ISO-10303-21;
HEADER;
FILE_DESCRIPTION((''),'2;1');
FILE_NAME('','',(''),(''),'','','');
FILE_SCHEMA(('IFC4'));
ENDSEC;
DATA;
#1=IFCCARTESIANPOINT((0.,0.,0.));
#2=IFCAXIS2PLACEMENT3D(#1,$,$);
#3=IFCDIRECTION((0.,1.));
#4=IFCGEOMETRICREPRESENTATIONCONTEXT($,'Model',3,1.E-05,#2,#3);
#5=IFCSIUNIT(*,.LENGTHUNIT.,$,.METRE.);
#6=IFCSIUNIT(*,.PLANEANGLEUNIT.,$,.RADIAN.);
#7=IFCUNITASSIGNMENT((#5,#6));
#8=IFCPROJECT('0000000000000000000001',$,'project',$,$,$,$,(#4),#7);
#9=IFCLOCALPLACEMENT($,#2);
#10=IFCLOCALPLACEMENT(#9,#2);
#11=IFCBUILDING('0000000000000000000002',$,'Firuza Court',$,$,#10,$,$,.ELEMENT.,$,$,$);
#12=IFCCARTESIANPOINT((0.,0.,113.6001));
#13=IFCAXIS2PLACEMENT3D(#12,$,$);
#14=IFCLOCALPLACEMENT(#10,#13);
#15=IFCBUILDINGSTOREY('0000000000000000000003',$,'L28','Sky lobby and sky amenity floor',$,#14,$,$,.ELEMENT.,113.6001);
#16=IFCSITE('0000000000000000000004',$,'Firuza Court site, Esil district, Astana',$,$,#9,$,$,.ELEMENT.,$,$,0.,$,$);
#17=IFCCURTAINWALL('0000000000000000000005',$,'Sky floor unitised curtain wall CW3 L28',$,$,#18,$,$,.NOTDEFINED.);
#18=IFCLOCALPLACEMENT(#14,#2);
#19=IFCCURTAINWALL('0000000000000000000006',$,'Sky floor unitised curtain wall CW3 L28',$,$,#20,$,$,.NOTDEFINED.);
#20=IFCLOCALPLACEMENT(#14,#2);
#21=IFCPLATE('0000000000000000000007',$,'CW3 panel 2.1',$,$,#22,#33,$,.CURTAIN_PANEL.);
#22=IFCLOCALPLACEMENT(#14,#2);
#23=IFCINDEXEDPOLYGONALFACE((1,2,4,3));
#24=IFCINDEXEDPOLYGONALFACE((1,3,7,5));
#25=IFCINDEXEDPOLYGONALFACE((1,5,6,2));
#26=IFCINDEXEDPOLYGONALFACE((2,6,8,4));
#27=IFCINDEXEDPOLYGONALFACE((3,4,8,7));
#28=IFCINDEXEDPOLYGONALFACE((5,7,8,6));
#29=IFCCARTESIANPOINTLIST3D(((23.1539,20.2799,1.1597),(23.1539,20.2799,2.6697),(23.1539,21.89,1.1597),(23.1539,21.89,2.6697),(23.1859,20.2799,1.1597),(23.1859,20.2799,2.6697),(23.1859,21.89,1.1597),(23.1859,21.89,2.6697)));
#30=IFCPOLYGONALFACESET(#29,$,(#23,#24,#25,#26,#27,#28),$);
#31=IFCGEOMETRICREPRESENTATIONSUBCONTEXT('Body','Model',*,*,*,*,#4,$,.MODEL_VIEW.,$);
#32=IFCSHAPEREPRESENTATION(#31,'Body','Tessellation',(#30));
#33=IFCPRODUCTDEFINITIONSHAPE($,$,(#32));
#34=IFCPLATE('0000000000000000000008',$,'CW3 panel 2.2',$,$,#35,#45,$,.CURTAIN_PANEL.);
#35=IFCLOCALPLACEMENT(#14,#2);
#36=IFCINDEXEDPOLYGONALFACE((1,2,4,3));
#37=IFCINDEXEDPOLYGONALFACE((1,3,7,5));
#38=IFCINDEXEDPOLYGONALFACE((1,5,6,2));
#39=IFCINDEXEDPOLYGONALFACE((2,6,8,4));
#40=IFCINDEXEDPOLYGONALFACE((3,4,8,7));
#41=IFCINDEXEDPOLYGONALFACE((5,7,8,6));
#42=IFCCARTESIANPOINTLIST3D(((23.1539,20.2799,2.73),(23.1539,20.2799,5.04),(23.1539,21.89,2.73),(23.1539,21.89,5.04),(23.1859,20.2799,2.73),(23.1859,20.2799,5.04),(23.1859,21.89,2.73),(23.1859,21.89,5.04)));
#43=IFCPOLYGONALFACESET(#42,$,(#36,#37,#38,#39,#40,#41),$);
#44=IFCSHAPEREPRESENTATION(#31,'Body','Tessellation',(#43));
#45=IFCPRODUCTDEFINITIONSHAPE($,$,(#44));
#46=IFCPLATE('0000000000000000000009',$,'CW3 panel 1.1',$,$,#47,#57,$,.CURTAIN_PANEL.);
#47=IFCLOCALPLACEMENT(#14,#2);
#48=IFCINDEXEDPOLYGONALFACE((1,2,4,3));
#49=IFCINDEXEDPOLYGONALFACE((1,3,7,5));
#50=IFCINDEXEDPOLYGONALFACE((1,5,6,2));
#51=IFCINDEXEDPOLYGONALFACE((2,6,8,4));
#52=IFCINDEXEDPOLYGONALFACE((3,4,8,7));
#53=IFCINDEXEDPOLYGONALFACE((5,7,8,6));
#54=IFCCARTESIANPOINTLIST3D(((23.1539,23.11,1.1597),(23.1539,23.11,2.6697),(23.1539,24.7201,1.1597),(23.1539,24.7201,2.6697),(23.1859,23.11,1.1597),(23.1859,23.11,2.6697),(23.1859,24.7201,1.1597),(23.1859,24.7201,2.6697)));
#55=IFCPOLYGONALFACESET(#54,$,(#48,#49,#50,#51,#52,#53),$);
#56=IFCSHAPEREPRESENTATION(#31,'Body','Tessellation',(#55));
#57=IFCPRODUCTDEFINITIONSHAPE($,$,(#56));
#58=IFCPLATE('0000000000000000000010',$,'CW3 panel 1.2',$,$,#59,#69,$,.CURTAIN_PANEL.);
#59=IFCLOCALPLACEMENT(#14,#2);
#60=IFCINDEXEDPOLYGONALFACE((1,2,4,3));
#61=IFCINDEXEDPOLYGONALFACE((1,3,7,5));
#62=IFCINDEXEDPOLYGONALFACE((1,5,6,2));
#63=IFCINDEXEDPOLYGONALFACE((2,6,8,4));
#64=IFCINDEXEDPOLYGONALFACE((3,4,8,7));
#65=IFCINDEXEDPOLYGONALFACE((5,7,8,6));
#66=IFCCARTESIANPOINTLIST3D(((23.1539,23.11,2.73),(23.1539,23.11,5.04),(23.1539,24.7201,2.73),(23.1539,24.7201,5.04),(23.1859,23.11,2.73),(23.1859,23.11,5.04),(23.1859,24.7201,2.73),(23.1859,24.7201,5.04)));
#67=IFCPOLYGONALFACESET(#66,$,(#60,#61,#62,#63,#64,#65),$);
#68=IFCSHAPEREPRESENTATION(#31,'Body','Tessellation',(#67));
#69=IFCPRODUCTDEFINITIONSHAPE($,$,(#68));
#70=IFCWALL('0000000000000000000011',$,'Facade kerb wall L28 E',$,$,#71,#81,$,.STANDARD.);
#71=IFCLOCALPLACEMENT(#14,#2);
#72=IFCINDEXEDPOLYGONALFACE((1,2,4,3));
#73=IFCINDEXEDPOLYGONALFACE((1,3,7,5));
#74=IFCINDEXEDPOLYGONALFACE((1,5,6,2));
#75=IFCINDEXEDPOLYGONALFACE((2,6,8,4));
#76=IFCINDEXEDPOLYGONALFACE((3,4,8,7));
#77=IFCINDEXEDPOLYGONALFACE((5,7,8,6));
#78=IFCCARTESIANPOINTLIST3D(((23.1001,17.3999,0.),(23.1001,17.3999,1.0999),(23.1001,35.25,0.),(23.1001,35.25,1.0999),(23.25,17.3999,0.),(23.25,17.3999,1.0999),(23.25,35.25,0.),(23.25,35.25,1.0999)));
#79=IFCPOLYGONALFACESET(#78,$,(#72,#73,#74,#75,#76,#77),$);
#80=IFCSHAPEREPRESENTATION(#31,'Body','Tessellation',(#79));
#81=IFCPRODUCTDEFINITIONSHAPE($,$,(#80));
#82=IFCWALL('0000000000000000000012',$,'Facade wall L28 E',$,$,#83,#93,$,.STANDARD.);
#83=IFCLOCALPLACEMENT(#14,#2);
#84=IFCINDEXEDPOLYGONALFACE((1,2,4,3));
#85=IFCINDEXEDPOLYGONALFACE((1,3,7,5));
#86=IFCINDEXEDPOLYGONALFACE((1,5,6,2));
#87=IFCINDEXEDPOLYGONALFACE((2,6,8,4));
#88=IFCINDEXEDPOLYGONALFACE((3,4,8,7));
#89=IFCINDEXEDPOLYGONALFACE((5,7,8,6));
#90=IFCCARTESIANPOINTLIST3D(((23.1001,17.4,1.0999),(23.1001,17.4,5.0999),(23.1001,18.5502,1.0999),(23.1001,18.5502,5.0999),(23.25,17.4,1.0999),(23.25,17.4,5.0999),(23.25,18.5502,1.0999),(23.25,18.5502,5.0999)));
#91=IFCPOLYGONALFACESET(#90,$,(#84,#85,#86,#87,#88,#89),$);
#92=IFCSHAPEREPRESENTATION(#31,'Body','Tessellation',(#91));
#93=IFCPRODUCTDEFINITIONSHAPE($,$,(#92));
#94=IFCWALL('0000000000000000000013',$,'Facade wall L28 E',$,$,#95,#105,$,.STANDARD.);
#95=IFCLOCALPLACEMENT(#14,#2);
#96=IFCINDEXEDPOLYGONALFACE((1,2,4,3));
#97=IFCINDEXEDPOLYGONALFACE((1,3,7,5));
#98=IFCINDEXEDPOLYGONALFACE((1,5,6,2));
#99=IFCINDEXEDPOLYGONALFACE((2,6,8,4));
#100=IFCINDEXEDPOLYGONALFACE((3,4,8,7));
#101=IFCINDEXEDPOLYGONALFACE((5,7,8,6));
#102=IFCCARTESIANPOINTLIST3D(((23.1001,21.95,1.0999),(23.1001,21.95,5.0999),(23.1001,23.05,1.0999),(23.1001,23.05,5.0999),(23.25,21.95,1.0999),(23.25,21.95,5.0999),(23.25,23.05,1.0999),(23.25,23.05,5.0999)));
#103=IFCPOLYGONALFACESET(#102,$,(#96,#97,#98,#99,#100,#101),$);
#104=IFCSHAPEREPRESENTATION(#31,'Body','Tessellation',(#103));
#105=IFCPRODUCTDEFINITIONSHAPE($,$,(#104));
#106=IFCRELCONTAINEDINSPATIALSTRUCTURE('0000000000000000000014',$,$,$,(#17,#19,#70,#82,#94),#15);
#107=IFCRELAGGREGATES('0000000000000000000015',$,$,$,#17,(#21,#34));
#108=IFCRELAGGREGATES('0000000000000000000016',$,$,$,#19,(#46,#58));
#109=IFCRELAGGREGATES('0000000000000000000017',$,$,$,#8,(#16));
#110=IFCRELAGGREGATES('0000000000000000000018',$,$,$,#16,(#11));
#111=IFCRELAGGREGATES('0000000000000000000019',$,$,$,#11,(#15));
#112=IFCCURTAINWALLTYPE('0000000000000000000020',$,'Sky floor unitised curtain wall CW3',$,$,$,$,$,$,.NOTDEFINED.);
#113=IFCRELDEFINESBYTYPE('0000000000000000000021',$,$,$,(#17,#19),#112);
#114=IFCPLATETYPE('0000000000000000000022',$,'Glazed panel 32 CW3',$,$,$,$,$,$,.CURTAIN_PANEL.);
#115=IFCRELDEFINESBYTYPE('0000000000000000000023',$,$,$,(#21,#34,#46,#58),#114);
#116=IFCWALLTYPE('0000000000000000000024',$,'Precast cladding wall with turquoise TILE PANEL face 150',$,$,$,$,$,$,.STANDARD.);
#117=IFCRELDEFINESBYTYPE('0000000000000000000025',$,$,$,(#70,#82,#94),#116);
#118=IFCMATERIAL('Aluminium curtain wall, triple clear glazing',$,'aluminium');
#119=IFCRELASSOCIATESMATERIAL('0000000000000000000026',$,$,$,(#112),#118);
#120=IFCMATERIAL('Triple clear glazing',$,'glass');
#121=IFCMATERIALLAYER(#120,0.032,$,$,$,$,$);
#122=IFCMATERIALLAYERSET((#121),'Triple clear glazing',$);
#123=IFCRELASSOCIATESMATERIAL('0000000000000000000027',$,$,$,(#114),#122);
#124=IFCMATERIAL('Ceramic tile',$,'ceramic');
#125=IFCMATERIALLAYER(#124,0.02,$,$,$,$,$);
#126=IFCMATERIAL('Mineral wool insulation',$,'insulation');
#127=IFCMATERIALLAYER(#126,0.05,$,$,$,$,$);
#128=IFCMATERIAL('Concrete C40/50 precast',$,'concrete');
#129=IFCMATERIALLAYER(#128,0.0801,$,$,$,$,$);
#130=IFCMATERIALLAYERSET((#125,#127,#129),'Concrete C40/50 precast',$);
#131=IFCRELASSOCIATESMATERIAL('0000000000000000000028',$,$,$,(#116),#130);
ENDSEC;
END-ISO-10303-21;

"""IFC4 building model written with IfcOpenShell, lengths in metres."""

from ifc_helpers import new_model, si_unit, direction, frame, frame_2d, origin, origin_2d, place, context, subcontext, project, spatial, rectangle, extrude, material, layer, layer_set, type_object, element, aggregate, save


model = new_model("IFC4")

# Units and contexts
model_context = context("Model", 3, precision=1e-05, world=origin(), true_north=direction((0.0, 1.0)))
body_context = subcontext(model_context, "Body", "Model", "MODEL_VIEW")
ifc_project = project(units=[si_unit("LENGTHUNIT", "METRE"), si_unit("PLANEANGLEUNIT", "RADIAN")], contexts=[model_context])

# Site, building, storey
site_placement = place(None, origin())
site = spatial("IfcSite", under=ifc_project, at=site_placement, Name="Firuza Court site, Esil district, Astana", CompositionType="ELEMENT", RefElevation=0.0)
building_placement = place(site_placement, origin())
building = spatial("IfcBuilding", under=site, at=building_placement, Name="Firuza Court", CompositionType="ELEMENT")
storey_placement = place(building_placement, frame((0.0, 0.0, 113.6001)))
storey = spatial("IfcBuildingStorey", under=building, at=storey_placement, Name="L28", Description="Sky lobby and sky amenity floor", CompositionType="ELEMENT", Elevation=113.6001)

# Curtain wall
ifc_material_1 = material(Name="Aluminium curtain wall, triple clear glazing", Category="aluminium")
curtain_wall_type = type_object("IfcCurtainWallType", Name="Sky floor unitised curtain wall CW3", PredefinedType="NOTDEFINED", material=ifc_material_1)
curtain_wall_1_placement = place(storey_placement, origin())
curtain_wall_1 = element("IfcCurtainWall", 1, at=curtain_wall_1_placement, inside=storey, type_object=curtain_wall_type, Name="Sky floor unitised curtain wall CW3 L28", PredefinedType="NOTDEFINED")

# Curtain wall
curtain_wall_2_placement = place(storey_placement, origin())
curtain_wall_2 = element("IfcCurtainWall", 2, at=curtain_wall_2_placement, inside=storey, type_object=curtain_wall_type, Name="Sky floor unitised curtain wall CW3 L28", PredefinedType="NOTDEFINED")

# Plates
ifc_material_2 = material(Name="Triple clear glazing", Category="glass")
ifc_layer_1 = layer(ifc_material_2, 0.032)
ifc_layer_set_1 = layer_set([ifc_layer_1], Name="Triple clear glazing")
plate_type = type_object("IfcPlateType", Name="Glazed panel 32 CW3", PredefinedType="CURTAIN_PANEL", material=ifc_layer_set_1)
plate_1_placement = place(storey_placement, frame((23.1699, 21.085, 1.1597), z_axis=(0.0, 0.0, 1.0), x_axis=(0.0, 1.0, 0.0)))
plate_1 = element("IfcPlate", 3, at=plate_1_placement, type_object=plate_type, Name="CW3 panel 2.1", PredefinedType="CURTAIN_PANEL", context=body_context, shape_type="SweptSolid", body=[
    extrude(rectangle(XDim=1.6101, YDim=0.032, at=origin_2d()), origin(), (0.0, 0.0, 1.0), 1.51),
])
plate_2_placement = place(storey_placement, frame((23.1699, 21.085, 2.73), z_axis=(0.0, 0.0, 1.0), x_axis=(0.0, 1.0, 0.0)))
plate_2 = element("IfcPlate", 4, at=plate_2_placement, type_object=plate_type, Name="CW3 panel 2.2", PredefinedType="CURTAIN_PANEL", context=body_context, shape_type="SweptSolid", body=[
    extrude(rectangle(XDim=1.6101, YDim=0.032, at=origin_2d()), origin(), (0.0, 0.0, 1.0), 2.3101),
])
aggregate(curtain_wall_1, [plate_1, plate_2])
plate_3_placement = place(storey_placement, frame((23.1699, 23.915, 1.1597), z_axis=(0.0, 0.0, 1.0), x_axis=(0.0, 1.0, 0.0)))
plate_3 = element("IfcPlate", 5, at=plate_3_placement, type_object=plate_type, Name="CW3 panel 1.1", PredefinedType="CURTAIN_PANEL", context=body_context, shape_type="SweptSolid", body=[
    extrude(rectangle(XDim=1.6101, YDim=0.032, at=origin_2d()), origin(), (0.0, 0.0, 1.0), 1.51),
])
plate_4_placement = place(storey_placement, frame((23.1699, 23.915, 2.73), z_axis=(0.0, 0.0, 1.0), x_axis=(0.0, 1.0, 0.0)))
plate_4 = element("IfcPlate", 6, at=plate_4_placement, type_object=plate_type, Name="CW3 panel 1.2", PredefinedType="CURTAIN_PANEL", context=body_context, shape_type="SweptSolid", body=[
    extrude(rectangle(XDim=1.6101, YDim=0.032, at=origin_2d()), origin(), (0.0, 0.0, 1.0), 2.3101),
])
aggregate(curtain_wall_2, [plate_3, plate_4])

# Walls
ifc_material_3 = material(Name="Ceramic tile", Category="ceramic")
ifc_layer_2 = layer(ifc_material_3, 0.02)
ifc_material_4 = material(Name="Mineral wool insulation", Category="insulation")
ifc_layer_3 = layer(ifc_material_4, 0.05)
ifc_material_5 = material(Name="Concrete C40/50 precast", Category="concrete")
ifc_layer_4 = layer(ifc_material_5, 0.0801)
ifc_layer_set_2 = layer_set([ifc_layer_2, ifc_layer_3, ifc_layer_4], Name="Concrete C40/50 precast")
wall_type = type_object("IfcWallType", Name="Precast cladding wall with turquoise TILE PANEL face 150", PredefinedType="STANDARD", material=ifc_layer_set_2)
wall_1_placement = place(storey_placement, frame((23.175, 17.3999, 0.0), z_axis=(0.0, 0.0, 1.0), x_axis=(0.0, 1.0, 0.0)))
element("IfcWall", 7, at=wall_1_placement, inside=storey, type_object=wall_type, Name="Facade kerb wall L28 E", PredefinedType="STANDARD", context=body_context, shape_type="SweptSolid", body=[
    extrude(rectangle(XDim=17.8501, YDim=0.1499, at=frame_2d((8.925, 0.0))), origin(), (0.0, 0.0, 1.0), 1.0999),
])
wall_2_placement = place(storey_placement, frame((23.175, 17.3999, 1.0999), z_axis=(0.0, 0.0, 1.0), x_axis=(0.0, 1.0, 0.0)))
element("IfcWall", 8, at=wall_2_placement, inside=storey, type_object=wall_type, Name="Facade wall L28 E", PredefinedType="STANDARD", context=body_context, shape_type="SweptSolid", body=[
    extrude(rectangle(XDim=1.1501, YDim=0.1499, at=frame_2d((0.5752, 0.0))), origin(), (0.0, 0.0, 1.0), 4.0),
])
wall_3_placement = place(storey_placement, frame((23.175, 21.95, 1.0999), z_axis=(0.0, 0.0, 1.0), x_axis=(0.0, 1.0, 0.0)))
element("IfcWall", 9, at=wall_3_placement, inside=storey, type_object=wall_type, Name="Facade wall L28 E", PredefinedType="STANDARD", context=body_context, shape_type="SweptSolid", body=[
    extrude(rectangle(XDim=1.1001, YDim=0.1499, at=frame_2d((0.55, 0.0))), origin(), (0.0, 0.0, 1.0), 4.0),
])

save(model, "model.ifc")
